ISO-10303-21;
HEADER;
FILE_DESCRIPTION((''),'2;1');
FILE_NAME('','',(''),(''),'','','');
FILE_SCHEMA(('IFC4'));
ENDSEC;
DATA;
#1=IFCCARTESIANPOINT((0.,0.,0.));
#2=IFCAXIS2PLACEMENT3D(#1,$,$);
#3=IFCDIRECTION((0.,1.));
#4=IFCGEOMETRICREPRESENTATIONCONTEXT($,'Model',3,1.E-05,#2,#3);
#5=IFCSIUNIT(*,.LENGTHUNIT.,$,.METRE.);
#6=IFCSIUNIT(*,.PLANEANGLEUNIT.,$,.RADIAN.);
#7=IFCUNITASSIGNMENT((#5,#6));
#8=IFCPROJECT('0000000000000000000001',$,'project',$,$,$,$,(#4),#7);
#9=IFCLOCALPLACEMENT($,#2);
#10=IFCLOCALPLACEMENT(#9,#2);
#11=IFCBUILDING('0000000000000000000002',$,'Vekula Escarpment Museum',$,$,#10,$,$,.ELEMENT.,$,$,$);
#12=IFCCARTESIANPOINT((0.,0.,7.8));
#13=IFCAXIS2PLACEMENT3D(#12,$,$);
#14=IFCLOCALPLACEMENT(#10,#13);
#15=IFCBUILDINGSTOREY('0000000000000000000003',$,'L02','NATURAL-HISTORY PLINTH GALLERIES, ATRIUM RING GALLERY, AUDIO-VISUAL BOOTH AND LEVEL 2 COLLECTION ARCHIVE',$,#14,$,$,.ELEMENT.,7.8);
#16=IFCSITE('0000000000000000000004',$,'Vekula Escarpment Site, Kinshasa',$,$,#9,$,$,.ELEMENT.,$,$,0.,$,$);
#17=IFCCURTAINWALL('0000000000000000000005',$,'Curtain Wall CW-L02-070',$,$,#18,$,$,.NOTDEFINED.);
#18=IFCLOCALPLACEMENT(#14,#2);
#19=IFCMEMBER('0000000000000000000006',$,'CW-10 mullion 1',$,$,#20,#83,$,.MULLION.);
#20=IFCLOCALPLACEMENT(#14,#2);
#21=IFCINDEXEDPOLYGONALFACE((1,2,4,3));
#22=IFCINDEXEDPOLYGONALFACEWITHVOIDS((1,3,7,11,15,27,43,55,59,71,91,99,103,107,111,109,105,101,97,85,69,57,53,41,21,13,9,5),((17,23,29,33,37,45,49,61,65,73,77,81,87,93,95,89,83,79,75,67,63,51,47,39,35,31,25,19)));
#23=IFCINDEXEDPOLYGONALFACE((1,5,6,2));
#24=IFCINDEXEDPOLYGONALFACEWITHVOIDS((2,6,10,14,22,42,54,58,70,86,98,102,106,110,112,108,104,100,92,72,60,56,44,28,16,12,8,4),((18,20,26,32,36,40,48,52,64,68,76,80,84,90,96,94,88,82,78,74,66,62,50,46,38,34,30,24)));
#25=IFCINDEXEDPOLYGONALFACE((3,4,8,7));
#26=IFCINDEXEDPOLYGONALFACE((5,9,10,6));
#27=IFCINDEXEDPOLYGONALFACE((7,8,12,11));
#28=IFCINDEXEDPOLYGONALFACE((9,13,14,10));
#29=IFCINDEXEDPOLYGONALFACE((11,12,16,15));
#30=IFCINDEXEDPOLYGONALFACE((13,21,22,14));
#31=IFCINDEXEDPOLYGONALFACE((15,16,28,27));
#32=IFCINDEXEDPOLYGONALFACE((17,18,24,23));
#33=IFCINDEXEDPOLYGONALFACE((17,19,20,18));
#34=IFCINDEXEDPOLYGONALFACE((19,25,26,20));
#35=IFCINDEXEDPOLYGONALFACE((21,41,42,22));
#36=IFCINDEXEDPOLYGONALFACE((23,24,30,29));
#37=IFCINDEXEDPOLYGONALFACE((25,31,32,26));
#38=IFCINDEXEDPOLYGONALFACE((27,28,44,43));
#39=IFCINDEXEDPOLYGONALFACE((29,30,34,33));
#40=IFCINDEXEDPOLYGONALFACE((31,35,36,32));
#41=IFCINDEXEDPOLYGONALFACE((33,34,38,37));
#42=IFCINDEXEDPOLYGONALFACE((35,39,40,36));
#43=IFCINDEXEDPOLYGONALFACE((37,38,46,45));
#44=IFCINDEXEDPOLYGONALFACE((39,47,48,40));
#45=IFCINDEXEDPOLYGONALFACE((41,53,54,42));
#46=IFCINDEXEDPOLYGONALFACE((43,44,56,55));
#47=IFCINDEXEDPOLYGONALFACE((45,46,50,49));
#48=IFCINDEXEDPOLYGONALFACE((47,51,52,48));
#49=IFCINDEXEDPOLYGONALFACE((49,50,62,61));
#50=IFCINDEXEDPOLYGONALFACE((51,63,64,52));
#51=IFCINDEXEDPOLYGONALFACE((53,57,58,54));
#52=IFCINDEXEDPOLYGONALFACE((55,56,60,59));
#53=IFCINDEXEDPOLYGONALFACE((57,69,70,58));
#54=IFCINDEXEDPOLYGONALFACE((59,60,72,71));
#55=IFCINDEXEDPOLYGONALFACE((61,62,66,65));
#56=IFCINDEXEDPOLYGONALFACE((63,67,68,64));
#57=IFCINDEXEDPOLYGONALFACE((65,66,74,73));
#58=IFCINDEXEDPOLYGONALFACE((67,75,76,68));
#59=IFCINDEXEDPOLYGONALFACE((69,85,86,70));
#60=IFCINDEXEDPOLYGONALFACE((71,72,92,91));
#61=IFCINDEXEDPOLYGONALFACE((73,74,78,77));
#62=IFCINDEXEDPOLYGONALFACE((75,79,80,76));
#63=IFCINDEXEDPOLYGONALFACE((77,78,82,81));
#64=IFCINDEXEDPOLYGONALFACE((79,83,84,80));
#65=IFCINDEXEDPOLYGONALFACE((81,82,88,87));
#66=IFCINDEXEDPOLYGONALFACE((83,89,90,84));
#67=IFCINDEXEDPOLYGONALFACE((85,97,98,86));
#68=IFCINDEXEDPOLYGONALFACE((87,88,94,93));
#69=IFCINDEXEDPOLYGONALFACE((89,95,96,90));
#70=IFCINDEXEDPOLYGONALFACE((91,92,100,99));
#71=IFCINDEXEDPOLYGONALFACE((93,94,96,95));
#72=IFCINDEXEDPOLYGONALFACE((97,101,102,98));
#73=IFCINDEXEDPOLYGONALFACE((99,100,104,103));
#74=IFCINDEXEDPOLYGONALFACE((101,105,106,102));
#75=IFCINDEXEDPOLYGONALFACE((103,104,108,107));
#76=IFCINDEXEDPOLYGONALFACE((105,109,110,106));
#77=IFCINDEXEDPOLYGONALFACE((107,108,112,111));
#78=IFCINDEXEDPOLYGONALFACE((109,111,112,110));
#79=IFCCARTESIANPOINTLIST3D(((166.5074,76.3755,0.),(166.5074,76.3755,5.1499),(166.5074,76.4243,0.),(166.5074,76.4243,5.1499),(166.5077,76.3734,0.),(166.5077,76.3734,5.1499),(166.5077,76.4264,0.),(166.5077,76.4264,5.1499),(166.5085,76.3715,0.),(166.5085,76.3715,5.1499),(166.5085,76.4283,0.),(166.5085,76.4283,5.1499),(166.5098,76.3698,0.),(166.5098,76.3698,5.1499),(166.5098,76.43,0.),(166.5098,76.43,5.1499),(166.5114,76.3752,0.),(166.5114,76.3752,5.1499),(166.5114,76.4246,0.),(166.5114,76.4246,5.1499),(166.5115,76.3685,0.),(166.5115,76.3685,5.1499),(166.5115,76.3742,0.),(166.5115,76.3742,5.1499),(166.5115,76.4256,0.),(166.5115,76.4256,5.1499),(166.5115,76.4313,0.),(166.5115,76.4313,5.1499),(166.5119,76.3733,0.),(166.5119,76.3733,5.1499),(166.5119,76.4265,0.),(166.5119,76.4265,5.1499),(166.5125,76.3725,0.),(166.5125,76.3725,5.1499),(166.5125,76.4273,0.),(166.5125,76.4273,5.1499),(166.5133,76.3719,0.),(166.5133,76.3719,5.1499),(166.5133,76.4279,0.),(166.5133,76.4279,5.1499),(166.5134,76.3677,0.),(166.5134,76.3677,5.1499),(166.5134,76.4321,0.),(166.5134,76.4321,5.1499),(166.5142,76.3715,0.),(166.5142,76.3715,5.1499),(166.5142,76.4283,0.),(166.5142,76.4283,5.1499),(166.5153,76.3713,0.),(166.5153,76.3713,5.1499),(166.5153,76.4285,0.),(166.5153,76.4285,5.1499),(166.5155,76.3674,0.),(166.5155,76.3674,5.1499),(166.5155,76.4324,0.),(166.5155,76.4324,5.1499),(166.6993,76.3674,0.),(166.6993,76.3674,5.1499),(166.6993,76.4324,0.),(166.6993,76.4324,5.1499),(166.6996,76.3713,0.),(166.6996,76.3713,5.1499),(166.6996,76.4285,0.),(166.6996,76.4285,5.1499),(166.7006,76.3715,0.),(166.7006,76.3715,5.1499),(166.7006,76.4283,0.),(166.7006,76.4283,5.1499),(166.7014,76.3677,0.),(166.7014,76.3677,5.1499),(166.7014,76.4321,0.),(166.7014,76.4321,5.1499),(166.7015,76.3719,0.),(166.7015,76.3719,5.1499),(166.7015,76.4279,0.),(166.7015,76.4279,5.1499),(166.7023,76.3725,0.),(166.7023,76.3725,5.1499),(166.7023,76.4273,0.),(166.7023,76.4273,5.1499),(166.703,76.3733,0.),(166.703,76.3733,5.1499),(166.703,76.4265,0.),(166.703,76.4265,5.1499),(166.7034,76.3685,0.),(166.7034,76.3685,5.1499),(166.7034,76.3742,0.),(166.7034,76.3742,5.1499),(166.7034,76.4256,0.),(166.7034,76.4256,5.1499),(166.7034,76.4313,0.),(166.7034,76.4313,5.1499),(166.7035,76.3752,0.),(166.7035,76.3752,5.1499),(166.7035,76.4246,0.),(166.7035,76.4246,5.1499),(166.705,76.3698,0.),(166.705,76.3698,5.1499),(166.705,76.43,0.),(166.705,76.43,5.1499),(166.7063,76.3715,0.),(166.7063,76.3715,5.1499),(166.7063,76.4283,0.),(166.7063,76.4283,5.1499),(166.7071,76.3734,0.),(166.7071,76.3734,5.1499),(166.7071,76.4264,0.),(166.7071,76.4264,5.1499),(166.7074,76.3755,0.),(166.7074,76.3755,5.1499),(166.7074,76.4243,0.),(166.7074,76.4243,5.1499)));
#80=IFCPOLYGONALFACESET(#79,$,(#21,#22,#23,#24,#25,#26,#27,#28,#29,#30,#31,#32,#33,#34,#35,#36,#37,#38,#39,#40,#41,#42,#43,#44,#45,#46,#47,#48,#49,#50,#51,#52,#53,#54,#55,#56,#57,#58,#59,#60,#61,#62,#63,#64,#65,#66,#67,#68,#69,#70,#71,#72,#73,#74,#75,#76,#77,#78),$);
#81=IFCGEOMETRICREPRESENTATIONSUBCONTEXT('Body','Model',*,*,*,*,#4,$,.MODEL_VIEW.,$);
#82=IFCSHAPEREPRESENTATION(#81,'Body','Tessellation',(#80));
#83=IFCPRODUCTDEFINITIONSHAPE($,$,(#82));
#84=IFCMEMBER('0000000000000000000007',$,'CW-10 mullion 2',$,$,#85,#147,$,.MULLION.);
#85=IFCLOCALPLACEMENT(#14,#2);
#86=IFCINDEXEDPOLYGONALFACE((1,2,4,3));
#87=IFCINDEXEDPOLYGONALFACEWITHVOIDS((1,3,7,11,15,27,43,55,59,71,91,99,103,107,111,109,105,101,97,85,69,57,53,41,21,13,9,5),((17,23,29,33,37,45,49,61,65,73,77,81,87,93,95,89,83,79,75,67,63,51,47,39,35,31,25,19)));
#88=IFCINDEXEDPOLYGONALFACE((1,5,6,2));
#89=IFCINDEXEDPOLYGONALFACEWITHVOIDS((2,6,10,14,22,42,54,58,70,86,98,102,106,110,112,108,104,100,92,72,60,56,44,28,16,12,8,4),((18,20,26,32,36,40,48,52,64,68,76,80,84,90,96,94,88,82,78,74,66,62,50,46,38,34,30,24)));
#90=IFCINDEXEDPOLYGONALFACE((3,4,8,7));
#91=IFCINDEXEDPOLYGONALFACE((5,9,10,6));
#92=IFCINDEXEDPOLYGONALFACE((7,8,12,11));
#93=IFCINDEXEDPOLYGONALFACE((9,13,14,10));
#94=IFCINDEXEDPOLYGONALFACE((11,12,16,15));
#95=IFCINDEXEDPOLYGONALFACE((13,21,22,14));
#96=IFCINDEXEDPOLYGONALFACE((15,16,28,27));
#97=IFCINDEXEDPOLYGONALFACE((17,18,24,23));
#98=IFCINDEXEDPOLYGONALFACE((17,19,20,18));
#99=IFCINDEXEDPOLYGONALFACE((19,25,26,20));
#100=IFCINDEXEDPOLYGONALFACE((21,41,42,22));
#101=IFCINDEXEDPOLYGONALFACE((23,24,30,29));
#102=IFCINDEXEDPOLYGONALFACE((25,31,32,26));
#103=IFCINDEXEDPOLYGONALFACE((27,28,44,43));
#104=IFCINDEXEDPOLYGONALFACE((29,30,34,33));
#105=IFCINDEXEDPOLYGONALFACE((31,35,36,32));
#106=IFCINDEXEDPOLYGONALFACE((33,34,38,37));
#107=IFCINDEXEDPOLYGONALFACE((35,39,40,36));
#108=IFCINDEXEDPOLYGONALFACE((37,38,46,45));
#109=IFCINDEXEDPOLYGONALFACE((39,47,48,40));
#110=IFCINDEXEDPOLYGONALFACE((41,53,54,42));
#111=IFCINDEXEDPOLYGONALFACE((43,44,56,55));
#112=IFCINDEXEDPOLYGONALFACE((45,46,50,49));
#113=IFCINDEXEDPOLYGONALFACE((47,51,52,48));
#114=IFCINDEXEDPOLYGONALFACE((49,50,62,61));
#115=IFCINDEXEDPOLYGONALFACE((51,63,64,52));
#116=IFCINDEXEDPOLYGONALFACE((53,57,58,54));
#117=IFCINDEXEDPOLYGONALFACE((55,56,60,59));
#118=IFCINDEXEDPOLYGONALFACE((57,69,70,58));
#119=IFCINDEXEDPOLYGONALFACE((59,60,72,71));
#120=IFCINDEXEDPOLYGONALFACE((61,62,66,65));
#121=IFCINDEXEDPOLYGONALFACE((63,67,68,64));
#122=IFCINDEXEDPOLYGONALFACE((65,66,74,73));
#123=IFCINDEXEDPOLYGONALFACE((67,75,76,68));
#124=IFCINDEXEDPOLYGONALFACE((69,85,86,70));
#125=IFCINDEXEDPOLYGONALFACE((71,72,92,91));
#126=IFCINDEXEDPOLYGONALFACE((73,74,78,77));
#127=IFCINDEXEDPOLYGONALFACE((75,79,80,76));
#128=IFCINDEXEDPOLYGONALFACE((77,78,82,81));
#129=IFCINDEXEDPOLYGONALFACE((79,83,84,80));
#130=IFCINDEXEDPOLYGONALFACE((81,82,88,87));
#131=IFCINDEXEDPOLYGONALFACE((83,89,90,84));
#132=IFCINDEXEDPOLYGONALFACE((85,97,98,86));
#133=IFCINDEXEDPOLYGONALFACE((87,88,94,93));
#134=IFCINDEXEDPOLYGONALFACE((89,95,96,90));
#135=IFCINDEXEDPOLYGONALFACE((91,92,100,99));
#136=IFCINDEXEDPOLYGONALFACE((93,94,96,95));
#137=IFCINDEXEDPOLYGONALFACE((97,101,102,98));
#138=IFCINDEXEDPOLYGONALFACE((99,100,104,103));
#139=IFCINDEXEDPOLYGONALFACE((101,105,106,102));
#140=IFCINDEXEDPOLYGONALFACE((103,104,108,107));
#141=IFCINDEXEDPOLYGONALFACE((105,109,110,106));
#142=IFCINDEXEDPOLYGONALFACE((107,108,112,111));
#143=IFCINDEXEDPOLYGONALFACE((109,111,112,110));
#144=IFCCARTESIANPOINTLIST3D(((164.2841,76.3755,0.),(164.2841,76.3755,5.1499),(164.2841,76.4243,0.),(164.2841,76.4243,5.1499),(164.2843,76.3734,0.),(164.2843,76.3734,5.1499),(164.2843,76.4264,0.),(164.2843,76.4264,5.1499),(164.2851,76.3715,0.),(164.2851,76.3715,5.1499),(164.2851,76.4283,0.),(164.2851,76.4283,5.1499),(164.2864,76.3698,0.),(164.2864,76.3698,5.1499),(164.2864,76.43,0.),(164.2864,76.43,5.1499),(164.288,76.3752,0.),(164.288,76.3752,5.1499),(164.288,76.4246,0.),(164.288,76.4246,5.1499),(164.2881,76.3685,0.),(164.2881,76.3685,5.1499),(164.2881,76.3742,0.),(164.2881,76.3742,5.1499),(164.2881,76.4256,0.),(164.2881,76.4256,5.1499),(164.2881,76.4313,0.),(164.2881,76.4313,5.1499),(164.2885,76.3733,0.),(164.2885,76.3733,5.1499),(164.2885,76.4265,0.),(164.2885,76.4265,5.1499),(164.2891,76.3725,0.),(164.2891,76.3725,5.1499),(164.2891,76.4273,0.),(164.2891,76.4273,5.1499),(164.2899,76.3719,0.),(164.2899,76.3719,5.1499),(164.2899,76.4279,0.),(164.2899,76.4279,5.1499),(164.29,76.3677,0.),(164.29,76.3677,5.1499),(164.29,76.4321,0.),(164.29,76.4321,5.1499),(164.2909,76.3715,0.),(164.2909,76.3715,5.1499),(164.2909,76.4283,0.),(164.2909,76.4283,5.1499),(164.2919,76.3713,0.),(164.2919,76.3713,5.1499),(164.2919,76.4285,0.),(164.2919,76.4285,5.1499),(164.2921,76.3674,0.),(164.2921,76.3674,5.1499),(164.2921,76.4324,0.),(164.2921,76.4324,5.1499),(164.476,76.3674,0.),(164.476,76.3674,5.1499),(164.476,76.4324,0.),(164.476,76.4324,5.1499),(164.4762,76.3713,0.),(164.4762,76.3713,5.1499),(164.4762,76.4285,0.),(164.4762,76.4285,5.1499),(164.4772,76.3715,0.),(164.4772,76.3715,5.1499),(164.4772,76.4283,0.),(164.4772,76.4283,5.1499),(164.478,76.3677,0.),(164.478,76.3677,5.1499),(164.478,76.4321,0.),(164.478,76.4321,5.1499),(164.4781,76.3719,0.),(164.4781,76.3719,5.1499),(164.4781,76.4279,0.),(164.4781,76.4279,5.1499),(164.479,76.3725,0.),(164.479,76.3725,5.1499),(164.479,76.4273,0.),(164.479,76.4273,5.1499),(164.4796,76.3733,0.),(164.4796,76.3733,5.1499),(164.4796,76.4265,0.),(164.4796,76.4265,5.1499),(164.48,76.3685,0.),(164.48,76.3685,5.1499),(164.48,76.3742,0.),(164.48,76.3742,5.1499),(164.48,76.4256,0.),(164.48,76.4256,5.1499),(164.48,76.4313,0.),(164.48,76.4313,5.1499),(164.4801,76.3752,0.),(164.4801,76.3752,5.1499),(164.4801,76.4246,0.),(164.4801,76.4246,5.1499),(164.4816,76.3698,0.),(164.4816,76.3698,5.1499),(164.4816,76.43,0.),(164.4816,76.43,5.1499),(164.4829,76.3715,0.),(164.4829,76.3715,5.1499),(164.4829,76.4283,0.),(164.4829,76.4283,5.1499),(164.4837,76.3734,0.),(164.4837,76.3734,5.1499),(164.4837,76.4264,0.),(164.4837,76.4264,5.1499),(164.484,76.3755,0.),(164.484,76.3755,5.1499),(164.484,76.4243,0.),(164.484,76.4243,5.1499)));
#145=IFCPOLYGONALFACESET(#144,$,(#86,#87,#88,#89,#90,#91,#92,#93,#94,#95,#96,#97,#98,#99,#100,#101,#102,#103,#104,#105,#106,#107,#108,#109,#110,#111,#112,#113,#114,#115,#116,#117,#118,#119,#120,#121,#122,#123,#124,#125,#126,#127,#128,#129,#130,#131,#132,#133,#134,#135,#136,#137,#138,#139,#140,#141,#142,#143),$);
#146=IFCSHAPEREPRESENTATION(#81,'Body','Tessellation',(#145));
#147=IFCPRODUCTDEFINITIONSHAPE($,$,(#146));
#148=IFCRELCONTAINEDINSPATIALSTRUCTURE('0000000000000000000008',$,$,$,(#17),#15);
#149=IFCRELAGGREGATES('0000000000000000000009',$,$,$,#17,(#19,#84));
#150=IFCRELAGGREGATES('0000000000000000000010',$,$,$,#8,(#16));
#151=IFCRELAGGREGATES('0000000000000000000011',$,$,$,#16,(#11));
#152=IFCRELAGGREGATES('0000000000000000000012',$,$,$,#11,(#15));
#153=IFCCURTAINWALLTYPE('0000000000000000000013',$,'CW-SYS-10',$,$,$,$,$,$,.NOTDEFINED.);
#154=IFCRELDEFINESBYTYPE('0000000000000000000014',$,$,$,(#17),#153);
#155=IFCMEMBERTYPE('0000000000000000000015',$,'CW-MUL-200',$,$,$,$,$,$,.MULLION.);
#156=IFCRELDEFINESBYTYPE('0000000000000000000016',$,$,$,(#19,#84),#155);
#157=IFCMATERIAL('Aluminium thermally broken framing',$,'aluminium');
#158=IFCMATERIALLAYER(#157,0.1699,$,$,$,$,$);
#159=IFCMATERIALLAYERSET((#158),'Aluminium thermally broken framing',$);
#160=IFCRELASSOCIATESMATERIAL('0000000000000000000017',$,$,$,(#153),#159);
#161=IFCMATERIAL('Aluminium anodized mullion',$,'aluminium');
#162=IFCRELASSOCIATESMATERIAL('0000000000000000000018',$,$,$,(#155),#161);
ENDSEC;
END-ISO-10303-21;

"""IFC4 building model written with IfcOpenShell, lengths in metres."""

from ifc_helpers import new_model, si_unit, direction, frame, origin, origin_2d, place, context, subcontext, project, spatial, hollow_rectangle, extrude, material, layer, layer_set, material_profile, profile_set, type_object, element, aggregate, save


model = new_model("IFC4")

# Units and contexts
model_context = context("Model", 3, precision=1e-05, world=origin(), true_north=direction((0.0, 1.0)))
body_context = subcontext(model_context, "Body", "Model", "MODEL_VIEW")
ifc_project = project(units=[si_unit("LENGTHUNIT", "METRE"), si_unit("PLANEANGLEUNIT", "RADIAN")], contexts=[model_context])

# Site, building, storey
site_placement = place(None, origin())
site = spatial("IfcSite", under=ifc_project, at=site_placement, Name="Vekula Escarpment Site, Kinshasa", CompositionType="ELEMENT", RefElevation=0.0)
building_placement = place(site_placement, origin())
building = spatial("IfcBuilding", under=site, at=building_placement, Name="Vekula Escarpment Museum", CompositionType="ELEMENT")
storey_placement = place(building_placement, frame((0.0, 0.0, 7.8)))
storey = spatial("IfcBuildingStorey", under=building, at=storey_placement, Name="L02", Description="NATURAL-HISTORY PLINTH GALLERIES, ATRIUM RING GALLERY, AUDIO-VISUAL BOOTH AND LEVEL 2 COLLECTION ARCHIVE", CompositionType="ELEMENT", Elevation=7.8)

# Curtain wall, members
ifc_material_1 = material(Name="Aluminium thermally broken framing", Category="aluminium")
ifc_layer_1 = layer(ifc_material_1, 0.1699)
ifc_layer_set_1 = layer_set([ifc_layer_1], Name="Aluminium thermally broken framing")
curtain_wall_type = type_object("IfcCurtainWallType", Name="CW-SYS-10", PredefinedType="NOTDEFINED", material=ifc_layer_set_1)
curtain_wall_placement = place(storey_placement, origin())
curtain_wall = element("IfcCurtainWall", 1, at=curtain_wall_placement, inside=storey, type_object=curtain_wall_type, Name="Curtain Wall CW-L02-070", PredefinedType="NOTDEFINED")
ifc_material_2 = material(Name="Aluminium anodized mullion", Category="aluminium")
ifc_material_profile_1 = material_profile(ifc_material_2, hollow_rectangle(XDim=0.0649, YDim=0.2, WallThickness=0.0039, InnerFilletRadius=0.0039, OuterFilletRadius=0.0081, at=origin_2d()), Name="ALU 200x65x4")
ifc_profile_set_1 = profile_set([ifc_material_profile_1], Name="Aluminium anodized mullion")
member_type_1 = type_object("IfcMemberType", Name="CW-MUL-200", PredefinedType="MULLION", material=ifc_profile_set_1)
member_1_placement = place(storey_placement, frame((166.6074, 76.3999, 0.0), z_axis=(0.0, 0.0, 1.0), x_axis=(0.0, -1.0, 0.0)))
member_1 = element("IfcMember", 2, at=member_1_placement, type_object=member_type_1, Name="CW-10 mullion 1", PredefinedType="MULLION", context=body_context, shape_type="SweptSolid", body=[
    extrude(hollow_rectangle(XDim=0.0649, YDim=0.2, WallThickness=0.0039, InnerFilletRadius=0.0039, OuterFilletRadius=0.0081, at=origin_2d()), origin(), (0.0, 0.0, 1.0), 5.1499),
])
member_2_placement = place(storey_placement, frame((164.384, 76.3999, 0.0), z_axis=(0.0, 0.0, 1.0), x_axis=(0.0, -1.0, 0.0)))
member_2 = element("IfcMember", 3, at=member_2_placement, type_object=member_type_1, Name="CW-10 mullion 2", PredefinedType="MULLION", context=body_context, shape_type="SweptSolid", body=[
    extrude(hollow_rectangle(XDim=0.0649, YDim=0.2, WallThickness=0.0039, InnerFilletRadius=0.0039, OuterFilletRadius=0.0081, at=origin_2d()), origin(), (0.0, 0.0, 1.0), 5.1499),
])
aggregate(curtain_wall, [member_1, member_2])

save(model, "model.ifc")
